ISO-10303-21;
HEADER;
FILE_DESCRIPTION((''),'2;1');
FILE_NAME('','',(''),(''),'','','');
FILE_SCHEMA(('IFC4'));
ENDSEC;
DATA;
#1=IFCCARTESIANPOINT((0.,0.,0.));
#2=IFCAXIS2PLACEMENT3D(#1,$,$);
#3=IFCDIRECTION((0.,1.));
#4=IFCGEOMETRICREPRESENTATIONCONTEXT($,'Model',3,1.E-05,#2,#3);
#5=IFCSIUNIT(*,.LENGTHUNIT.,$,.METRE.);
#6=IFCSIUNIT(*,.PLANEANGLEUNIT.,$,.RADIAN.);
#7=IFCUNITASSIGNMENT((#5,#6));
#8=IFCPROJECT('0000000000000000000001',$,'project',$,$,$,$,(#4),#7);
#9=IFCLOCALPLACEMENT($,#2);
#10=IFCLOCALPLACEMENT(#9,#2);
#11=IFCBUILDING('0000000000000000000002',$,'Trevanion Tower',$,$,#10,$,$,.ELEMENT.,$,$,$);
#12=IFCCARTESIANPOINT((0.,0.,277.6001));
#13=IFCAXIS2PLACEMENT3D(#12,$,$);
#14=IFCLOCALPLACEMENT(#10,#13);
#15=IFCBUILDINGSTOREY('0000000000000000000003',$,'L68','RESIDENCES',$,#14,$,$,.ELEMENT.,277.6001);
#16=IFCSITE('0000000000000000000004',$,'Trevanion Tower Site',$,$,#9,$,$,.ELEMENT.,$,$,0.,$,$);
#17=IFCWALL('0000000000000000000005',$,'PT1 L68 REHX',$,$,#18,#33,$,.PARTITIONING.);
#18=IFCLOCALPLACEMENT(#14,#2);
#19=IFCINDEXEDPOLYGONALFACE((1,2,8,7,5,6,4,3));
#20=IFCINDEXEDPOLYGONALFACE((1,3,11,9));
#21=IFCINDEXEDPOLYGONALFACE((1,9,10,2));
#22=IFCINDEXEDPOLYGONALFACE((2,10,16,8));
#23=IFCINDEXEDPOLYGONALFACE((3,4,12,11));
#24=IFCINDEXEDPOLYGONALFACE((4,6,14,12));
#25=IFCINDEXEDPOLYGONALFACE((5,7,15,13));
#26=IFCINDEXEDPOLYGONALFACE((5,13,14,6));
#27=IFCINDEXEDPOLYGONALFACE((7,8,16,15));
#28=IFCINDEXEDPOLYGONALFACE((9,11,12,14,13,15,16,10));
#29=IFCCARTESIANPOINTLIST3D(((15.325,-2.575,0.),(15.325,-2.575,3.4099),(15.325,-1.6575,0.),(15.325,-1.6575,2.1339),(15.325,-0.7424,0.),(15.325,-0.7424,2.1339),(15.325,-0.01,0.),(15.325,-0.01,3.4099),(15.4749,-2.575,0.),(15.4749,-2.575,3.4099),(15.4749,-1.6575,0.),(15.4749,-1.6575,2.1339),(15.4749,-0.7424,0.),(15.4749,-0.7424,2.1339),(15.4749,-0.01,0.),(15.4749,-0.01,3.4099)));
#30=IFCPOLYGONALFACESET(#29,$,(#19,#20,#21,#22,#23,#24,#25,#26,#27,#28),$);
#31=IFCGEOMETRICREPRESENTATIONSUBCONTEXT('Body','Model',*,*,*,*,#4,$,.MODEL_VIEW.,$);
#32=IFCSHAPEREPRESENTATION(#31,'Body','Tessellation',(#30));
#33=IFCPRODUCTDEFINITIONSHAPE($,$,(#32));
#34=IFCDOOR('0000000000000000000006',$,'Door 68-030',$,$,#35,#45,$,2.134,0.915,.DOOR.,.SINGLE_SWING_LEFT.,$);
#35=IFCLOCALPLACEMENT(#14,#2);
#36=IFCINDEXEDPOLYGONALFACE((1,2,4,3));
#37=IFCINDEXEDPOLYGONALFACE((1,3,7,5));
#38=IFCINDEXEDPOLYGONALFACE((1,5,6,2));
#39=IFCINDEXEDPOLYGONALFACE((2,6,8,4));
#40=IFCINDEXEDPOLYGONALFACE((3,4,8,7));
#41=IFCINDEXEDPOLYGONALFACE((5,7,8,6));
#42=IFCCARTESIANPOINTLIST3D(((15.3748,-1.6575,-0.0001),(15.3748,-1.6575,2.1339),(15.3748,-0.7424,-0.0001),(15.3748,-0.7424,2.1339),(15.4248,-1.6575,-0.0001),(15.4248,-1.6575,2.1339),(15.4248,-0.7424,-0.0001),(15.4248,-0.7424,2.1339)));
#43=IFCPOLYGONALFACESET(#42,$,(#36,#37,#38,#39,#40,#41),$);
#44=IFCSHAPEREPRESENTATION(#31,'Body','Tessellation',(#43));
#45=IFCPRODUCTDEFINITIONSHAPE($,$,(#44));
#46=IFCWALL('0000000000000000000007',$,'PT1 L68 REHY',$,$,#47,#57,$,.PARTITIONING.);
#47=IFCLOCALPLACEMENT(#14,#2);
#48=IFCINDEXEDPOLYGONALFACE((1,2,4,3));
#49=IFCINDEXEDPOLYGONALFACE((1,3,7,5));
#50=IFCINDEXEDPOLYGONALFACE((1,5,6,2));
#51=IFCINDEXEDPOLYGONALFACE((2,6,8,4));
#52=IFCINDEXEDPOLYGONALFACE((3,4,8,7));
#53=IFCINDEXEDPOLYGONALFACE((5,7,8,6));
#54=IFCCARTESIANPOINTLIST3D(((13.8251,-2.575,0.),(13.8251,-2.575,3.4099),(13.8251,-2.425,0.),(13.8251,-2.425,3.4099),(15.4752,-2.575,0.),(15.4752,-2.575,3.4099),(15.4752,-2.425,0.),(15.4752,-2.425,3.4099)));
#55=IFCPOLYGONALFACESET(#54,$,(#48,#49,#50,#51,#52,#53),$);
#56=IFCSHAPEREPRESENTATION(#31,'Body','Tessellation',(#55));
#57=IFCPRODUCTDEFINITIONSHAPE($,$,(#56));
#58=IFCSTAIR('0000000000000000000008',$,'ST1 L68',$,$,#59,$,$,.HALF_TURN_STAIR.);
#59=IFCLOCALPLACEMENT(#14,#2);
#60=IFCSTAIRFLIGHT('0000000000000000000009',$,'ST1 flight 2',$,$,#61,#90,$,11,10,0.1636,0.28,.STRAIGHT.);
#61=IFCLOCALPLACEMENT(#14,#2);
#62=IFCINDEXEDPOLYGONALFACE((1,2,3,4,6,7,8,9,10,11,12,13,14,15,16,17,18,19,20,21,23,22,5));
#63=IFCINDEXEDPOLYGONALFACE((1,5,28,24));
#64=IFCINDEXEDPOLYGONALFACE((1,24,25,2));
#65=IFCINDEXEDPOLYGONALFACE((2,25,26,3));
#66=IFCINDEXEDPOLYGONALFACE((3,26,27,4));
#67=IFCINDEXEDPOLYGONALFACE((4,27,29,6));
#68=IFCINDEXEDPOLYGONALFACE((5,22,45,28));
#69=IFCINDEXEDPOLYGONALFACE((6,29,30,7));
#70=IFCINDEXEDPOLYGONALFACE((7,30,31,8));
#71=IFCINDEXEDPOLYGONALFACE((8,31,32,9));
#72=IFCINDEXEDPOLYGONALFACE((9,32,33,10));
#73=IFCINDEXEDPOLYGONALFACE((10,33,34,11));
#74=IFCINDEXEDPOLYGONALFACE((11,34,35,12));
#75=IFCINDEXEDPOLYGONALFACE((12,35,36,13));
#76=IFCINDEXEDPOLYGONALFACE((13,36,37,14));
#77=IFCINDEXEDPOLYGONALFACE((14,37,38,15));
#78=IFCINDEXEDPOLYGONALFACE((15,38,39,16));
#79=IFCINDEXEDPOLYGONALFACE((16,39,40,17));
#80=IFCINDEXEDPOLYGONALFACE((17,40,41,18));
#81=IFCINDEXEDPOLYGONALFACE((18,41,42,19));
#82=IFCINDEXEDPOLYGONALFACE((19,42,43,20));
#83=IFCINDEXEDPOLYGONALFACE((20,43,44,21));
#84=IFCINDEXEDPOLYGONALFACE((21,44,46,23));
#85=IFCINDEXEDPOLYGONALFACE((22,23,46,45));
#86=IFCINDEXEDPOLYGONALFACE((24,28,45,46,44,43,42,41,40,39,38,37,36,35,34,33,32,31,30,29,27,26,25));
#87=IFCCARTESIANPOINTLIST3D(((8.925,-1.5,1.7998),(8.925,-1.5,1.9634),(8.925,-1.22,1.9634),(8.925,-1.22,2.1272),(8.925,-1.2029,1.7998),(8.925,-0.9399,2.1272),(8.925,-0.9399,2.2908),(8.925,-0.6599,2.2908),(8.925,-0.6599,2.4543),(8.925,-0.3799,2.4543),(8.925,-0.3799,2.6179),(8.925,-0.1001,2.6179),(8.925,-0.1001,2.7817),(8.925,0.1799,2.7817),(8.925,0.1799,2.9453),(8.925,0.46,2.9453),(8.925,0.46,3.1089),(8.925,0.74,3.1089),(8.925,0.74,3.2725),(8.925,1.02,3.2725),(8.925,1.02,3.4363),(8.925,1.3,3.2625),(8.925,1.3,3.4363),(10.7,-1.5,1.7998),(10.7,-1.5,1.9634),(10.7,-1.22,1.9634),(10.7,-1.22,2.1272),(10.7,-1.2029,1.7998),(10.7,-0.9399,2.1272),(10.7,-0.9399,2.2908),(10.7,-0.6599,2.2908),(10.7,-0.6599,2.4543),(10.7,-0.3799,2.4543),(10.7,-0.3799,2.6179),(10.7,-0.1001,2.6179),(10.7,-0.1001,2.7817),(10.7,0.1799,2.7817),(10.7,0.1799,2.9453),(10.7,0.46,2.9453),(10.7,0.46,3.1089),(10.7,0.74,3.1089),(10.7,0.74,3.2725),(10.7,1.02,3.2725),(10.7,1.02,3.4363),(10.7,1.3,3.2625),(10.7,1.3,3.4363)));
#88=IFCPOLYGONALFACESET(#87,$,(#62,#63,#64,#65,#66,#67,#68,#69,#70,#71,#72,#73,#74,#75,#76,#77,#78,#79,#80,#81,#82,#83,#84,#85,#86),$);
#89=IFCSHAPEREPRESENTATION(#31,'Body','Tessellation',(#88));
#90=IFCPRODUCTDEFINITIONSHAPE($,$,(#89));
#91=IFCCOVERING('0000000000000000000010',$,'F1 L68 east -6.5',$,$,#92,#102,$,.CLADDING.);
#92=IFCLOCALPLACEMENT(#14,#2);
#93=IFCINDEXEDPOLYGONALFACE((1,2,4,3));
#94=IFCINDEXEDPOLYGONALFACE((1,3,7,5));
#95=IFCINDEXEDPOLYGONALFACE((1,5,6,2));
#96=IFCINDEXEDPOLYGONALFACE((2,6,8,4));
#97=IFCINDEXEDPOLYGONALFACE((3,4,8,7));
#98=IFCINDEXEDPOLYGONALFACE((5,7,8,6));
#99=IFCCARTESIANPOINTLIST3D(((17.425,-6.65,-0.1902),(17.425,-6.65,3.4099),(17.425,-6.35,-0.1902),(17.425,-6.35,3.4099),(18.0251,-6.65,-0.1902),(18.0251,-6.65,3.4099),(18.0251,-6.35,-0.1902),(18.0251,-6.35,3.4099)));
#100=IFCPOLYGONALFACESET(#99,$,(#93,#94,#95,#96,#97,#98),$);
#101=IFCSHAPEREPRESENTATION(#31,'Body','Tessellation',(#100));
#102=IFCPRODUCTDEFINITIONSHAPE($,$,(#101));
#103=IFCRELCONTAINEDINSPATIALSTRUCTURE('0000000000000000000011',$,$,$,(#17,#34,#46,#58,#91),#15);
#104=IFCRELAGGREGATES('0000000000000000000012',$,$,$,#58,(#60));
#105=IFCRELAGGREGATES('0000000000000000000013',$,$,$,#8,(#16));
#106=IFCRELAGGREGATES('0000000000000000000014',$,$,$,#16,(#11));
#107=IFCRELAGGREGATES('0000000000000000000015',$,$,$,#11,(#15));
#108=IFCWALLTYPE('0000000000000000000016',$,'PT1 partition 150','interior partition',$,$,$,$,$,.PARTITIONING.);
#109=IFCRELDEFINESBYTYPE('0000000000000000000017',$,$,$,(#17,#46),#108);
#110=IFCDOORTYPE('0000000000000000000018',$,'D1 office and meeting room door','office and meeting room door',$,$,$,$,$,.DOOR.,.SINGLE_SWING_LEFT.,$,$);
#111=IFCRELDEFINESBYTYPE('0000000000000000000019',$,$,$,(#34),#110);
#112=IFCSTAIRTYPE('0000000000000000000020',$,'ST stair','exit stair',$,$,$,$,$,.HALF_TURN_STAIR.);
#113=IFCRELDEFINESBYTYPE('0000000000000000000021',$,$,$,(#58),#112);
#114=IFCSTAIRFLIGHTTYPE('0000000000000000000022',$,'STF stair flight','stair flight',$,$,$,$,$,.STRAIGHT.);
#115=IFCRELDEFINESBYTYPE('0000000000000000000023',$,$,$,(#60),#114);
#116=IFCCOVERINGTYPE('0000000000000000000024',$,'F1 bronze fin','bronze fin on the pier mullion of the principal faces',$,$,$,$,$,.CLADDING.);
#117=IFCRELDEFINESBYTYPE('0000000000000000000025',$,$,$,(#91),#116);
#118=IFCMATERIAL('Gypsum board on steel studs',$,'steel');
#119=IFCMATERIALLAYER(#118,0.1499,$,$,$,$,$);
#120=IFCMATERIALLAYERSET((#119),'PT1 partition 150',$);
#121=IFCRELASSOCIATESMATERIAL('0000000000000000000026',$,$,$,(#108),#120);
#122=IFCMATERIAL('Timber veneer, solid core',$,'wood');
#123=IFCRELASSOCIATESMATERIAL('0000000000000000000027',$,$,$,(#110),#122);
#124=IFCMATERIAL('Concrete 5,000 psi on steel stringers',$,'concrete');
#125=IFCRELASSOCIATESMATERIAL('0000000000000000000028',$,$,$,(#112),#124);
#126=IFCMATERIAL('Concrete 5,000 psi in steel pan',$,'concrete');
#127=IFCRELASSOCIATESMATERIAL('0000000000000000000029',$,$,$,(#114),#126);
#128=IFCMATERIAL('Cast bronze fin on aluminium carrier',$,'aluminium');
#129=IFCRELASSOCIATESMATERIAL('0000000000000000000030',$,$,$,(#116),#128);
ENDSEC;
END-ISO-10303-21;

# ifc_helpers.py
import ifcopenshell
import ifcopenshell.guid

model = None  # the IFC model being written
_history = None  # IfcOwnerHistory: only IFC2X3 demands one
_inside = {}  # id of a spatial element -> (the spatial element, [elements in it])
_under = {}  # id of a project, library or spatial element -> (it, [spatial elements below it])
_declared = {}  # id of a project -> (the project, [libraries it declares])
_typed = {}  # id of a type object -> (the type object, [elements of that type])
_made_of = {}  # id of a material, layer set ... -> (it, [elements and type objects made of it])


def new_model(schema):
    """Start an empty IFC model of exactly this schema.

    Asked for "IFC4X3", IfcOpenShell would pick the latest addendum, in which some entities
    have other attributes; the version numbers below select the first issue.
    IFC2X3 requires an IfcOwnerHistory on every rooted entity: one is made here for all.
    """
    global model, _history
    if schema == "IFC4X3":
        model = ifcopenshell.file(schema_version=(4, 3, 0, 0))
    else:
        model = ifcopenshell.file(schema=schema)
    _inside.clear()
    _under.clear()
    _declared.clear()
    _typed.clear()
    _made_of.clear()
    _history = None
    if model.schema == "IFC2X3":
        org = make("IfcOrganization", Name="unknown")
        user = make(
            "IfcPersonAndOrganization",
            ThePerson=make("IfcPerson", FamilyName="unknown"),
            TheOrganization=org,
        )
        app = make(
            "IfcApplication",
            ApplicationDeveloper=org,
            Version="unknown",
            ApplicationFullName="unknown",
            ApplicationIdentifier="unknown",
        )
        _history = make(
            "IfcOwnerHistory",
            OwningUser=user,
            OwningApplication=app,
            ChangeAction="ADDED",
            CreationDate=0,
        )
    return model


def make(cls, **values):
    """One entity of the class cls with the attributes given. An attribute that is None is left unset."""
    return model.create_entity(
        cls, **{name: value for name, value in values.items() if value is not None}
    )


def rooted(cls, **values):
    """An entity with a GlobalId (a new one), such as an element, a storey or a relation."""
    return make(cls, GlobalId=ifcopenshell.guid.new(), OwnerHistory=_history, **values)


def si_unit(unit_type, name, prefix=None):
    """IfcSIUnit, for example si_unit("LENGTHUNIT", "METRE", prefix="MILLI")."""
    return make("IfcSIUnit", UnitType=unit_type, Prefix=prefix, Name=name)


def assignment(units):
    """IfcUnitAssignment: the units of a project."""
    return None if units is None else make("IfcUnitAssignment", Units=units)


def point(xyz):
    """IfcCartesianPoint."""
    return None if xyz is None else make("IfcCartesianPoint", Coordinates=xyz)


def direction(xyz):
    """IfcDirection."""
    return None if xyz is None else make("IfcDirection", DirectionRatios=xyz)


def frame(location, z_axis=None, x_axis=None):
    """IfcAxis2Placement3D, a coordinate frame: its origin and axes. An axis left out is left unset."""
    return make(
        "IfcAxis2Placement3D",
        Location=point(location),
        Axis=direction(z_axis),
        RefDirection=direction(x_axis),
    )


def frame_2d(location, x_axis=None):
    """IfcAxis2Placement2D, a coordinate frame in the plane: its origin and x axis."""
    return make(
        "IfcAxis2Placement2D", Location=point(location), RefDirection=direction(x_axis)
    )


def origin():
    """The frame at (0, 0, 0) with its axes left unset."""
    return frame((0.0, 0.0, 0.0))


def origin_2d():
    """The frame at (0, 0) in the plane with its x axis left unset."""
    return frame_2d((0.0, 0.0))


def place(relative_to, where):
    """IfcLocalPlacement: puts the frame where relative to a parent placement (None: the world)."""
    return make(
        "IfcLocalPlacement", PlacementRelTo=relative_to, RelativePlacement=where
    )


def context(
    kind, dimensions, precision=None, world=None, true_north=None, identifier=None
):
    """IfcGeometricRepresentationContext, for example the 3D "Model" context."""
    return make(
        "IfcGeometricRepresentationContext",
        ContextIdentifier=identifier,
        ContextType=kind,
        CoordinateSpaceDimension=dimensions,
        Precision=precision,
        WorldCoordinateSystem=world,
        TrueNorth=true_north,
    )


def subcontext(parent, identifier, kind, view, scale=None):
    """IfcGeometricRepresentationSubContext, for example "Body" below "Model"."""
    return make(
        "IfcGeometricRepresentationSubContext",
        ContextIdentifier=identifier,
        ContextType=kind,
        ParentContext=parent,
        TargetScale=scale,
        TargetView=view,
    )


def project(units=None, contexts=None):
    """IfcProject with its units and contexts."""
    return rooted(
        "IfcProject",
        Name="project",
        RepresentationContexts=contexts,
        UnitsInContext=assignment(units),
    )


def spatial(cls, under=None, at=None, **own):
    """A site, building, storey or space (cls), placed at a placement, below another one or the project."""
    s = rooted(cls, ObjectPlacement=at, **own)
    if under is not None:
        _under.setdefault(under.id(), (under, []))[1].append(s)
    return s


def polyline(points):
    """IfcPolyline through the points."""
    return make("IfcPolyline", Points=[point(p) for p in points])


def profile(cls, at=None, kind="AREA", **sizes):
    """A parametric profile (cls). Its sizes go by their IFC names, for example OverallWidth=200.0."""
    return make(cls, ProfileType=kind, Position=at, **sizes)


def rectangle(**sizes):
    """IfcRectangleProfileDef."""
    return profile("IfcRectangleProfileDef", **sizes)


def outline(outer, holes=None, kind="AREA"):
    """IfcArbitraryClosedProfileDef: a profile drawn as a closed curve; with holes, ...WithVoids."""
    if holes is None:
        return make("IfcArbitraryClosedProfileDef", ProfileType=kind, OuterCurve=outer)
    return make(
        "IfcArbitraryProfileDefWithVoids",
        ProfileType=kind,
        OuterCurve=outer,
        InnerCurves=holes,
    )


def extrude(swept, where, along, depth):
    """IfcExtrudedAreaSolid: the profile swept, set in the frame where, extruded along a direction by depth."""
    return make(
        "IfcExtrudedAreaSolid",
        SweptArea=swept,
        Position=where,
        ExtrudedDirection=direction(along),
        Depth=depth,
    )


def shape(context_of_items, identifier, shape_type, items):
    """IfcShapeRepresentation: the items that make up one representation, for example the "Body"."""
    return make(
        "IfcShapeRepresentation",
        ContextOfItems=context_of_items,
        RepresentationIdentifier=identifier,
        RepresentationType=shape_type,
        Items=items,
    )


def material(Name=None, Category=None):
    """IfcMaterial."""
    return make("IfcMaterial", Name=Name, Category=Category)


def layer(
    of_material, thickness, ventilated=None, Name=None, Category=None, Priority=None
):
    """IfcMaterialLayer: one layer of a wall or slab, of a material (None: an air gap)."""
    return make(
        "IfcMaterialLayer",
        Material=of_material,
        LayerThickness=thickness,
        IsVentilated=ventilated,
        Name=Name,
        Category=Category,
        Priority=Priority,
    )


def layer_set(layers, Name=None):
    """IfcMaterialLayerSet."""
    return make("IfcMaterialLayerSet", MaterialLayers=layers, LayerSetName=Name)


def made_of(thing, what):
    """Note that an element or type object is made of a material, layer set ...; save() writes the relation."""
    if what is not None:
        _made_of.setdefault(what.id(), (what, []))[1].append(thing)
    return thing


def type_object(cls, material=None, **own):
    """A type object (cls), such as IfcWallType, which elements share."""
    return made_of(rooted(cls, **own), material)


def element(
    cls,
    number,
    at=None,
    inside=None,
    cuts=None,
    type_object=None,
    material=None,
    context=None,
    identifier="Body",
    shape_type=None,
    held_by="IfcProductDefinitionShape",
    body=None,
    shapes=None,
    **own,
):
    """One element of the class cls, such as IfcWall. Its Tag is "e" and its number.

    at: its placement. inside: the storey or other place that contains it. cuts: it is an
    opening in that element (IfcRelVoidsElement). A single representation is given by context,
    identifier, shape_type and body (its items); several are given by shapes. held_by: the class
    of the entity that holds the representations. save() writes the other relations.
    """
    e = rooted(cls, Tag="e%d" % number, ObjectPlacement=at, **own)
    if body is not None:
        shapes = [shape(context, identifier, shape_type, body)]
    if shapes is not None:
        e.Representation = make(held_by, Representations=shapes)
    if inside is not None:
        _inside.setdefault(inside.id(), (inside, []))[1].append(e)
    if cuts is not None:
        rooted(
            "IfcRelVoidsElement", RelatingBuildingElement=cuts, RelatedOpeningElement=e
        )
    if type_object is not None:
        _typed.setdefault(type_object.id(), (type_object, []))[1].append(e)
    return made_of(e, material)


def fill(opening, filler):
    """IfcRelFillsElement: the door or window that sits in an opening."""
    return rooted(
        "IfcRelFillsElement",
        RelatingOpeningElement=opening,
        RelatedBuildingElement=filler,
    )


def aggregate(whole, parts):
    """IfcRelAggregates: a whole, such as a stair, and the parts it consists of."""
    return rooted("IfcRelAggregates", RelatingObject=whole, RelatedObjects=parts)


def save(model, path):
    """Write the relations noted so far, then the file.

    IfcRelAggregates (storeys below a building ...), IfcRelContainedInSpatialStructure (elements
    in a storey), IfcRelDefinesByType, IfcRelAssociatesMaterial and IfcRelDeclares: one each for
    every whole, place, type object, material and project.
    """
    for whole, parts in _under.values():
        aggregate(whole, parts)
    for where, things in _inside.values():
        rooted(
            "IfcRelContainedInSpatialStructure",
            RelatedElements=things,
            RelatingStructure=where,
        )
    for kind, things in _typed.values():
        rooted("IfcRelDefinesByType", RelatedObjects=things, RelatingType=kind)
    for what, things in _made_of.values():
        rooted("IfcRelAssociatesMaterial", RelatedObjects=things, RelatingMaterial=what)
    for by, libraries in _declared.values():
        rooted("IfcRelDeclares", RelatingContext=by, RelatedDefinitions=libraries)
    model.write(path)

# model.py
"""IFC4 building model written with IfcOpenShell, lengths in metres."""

from ifc_helpers import new_model, si_unit, direction, frame, frame_2d, origin, origin_2d, place, context, subcontext, project, spatial, polyline, rectangle, outline, extrude, material, layer, layer_set, type_object, element, fill, aggregate, save


model = new_model("IFC4")

# Units and contexts
model_context = context("Model", 3, precision=1e-05, world=origin(), true_north=direction((0.0, 1.0)))
body_context = subcontext(model_context, "Body", "Model", "MODEL_VIEW")
ifc_project = project(units=[si_unit("LENGTHUNIT", "METRE"), si_unit("PLANEANGLEUNIT", "RADIAN")], contexts=[model_context])

# Site, building, storey
site_placement = place(None, origin())
site = spatial("IfcSite", under=ifc_project, at=site_placement, Name="Trevanion Tower Site", CompositionType="ELEMENT", RefElevation=0.0)
building_placement = place(site_placement, origin())
building = spatial("IfcBuilding", under=site, at=building_placement, Name="Trevanion Tower", CompositionType="ELEMENT")
storey_placement = place(building_placement, frame((0.0, 0.0, 277.6001)))
storey = spatial("IfcBuildingStorey", under=building, at=storey_placement, Name="L68", Description="RESIDENCES", CompositionType="ELEMENT", Elevation=277.6001)

# Shared definitions
ifc_material_1 = material(Name="Gypsum board on steel studs", Category="steel")
ifc_layer_1 = layer(ifc_material_1, 0.1499)
ifc_layer_set_1 = layer_set([ifc_layer_1], Name="PT1 partition 150")
wall_type = type_object("IfcWallType", Name="PT1 partition 150", Description="interior partition", PredefinedType="PARTITIONING", material=ifc_layer_set_1)
ifc_material_2 = material(Name="Timber veneer, solid core", Category="wood")
door_type_1 = type_object("IfcDoorType", Name="D1 office and meeting room door", Description="office and meeting room door", OperationType="SINGLE_SWING_LEFT", PredefinedType="DOOR", material=ifc_material_2)

# Wall, opening, door
wall_1_placement = place(storey_placement, frame((15.3999, -0.01, 0.0), z_axis=(0.0, 0.0, 1.0), x_axis=(0.0, -1.0, 0.0)))
wall_1 = element("IfcWall", 1, at=wall_1_placement, inside=storey, type_object=wall_type, Name="PT1 L68 REHX", PredefinedType="PARTITIONING", context=body_context, shape_type="SweptSolid", body=[
    extrude(rectangle(XDim=2.5649, YDim=0.1499, at=frame_2d((1.2825, 0.0))), origin(), (0.0, 0.0, 1.0), 3.4099),
])
opening_1_placement = place(wall_1_placement, frame((0.7324, 0.0, 0.0)))
opening_1 = element("IfcOpeningElement", 2, at=opening_1_placement, cuts=wall_1, PredefinedType="OPENING", context=body_context, shape_type="SweptSolid", body=[
    extrude(rectangle(XDim=0.915, YDim=2.134, at=frame_2d((0.4575, 1.0669))), frame((0.0, 0.085, 0.0), z_axis=(0.0, -1.0, 0.0), x_axis=(1.0, 0.0, 0.0)), (0.0, 0.0, 1.0), 0.1699),
])
door_1_placement = place(opening_1_placement, origin())
door_1 = element("IfcDoor", 3, at=door_1_placement, inside=storey, type_object=door_type_1, Name="Door 68-030", OperationType="SINGLE_SWING_LEFT", OverallHeight=2.134, OverallWidth=0.915, PredefinedType="DOOR", context=body_context, shape_type="SweptSolid", body=[
    extrude(rectangle(XDim=0.915, YDim=2.134, at=frame_2d((0.4575, 1.0669))), frame((0.0, 0.0249, 0.0), z_axis=(0.0, -1.0, 0.0), x_axis=(1.0, 0.0, 0.0)), (0.0, 0.0, 1.0), 0.05),
])
fill(opening_1, door_1)

# Wall
wall_2_placement = place(storey_placement, frame((13.825, -2.5, 0.0), z_axis=(0.0, 0.0, 1.0), x_axis=(1.0, 0.0, 0.0)))
element("IfcWall", 4, at=wall_2_placement, inside=storey, type_object=wall_type, Name="PT1 L68 REHY", PredefinedType="PARTITIONING", context=body_context, shape_type="SweptSolid", body=[
    extrude(rectangle(XDim=1.6501, YDim=0.1499, at=frame_2d((0.8252, 0.0))), origin(), (0.0, 0.0, 1.0), 3.4099),
])

# Stair, stair flight
ifc_material_3 = material(Name="Concrete 5,000 psi on steel stringers", Category="concrete")
stair_type = type_object("IfcStairType", Name="ST stair", Description="exit stair", PredefinedType="HALF_TURN_STAIR", material=ifc_material_3)
stair_placement = place(storey_placement, origin())
stair = element("IfcStair", 5, at=stair_placement, inside=storey, type_object=stair_type, Name="ST1 L68", PredefinedType="HALF_TURN_STAIR")
ifc_material_4 = material(Name="Concrete 5,000 psi in steel pan", Category="concrete")
stair_flight_type = type_object("IfcStairFlightType", Name="STF stair flight", Description="stair flight", PredefinedType="STRAIGHT", material=ifc_material_4)
stair_flight_placement = place(storey_placement, frame((9.8125, -1.5, 1.7998), z_axis=(0.0, 0.0, 1.0), x_axis=(0.0, 1.0, 0.0)))
stair_flight = element("IfcStairFlight", 6, at=stair_flight_placement, type_object=stair_flight_type, Name="ST1 flight 2", NumberOfRisers=11, NumberOfTreads=10, PredefinedType="STRAIGHT", RiserHeight=0.1636, TreadLength=0.28, context=body_context, shape_type="SweptSolid", body=[
    extrude(outline(polyline([(0.0, 0.0), (0.0, 0.1636), (0.28, 0.1636), (0.28, 0.3274), (0.5601, 0.3274), (0.5601, 0.491), (0.8401, 0.491), (0.8401, 0.6545), (1.1201, 0.6545), (1.1201, 0.8181), (1.3999, 0.8181), (1.3999, 0.9819), (1.6799, 0.9819), (1.6799, 1.1455), (1.96, 1.1455), (1.96, 1.3091), (2.24, 1.3091), (2.24, 1.4727), (2.52, 1.4727), (2.52, 1.6365), (2.8, 1.6365), (2.8, 1.8), (2.8, 1.4626), (0.2971, 0.0), (0.0, 0.0)])), frame((0.0, 0.8875, 0.0), z_axis=(0.0, -1.0, 0.0), x_axis=(1.0, 0.0, 0.0)), (0.0, 0.0, 1.0), 1.7749),
])
aggregate(stair, [stair_flight])

# Covering
ifc_material_5 = material(Name="Cast bronze fin on aluminium carrier", Category="aluminium")
covering_type = type_object("IfcCoveringType", Name="F1 bronze fin", Description="bronze fin on the pier mullion of the principal faces", PredefinedType="CLADDING", material=ifc_material_5)
covering_placement = place(storey_placement, frame((17.7251, -6.5, -0.1902), z_axis=(0.0, 0.0, 1.0), x_axis=(0.0, 1.0, 0.0)))
element("IfcCovering", 7, at=covering_placement, inside=storey, type_object=covering_type, Name="F1 L68 east -6.5", PredefinedType="CLADDING", context=body_context, shape_type="SweptSolid", body=[
    extrude(rectangle(XDim=0.3, YDim=0.6001, at=origin_2d()), origin(), (0.0, 0.0, 1.0), 3.6001),
])

save(model, "model.ifc")
